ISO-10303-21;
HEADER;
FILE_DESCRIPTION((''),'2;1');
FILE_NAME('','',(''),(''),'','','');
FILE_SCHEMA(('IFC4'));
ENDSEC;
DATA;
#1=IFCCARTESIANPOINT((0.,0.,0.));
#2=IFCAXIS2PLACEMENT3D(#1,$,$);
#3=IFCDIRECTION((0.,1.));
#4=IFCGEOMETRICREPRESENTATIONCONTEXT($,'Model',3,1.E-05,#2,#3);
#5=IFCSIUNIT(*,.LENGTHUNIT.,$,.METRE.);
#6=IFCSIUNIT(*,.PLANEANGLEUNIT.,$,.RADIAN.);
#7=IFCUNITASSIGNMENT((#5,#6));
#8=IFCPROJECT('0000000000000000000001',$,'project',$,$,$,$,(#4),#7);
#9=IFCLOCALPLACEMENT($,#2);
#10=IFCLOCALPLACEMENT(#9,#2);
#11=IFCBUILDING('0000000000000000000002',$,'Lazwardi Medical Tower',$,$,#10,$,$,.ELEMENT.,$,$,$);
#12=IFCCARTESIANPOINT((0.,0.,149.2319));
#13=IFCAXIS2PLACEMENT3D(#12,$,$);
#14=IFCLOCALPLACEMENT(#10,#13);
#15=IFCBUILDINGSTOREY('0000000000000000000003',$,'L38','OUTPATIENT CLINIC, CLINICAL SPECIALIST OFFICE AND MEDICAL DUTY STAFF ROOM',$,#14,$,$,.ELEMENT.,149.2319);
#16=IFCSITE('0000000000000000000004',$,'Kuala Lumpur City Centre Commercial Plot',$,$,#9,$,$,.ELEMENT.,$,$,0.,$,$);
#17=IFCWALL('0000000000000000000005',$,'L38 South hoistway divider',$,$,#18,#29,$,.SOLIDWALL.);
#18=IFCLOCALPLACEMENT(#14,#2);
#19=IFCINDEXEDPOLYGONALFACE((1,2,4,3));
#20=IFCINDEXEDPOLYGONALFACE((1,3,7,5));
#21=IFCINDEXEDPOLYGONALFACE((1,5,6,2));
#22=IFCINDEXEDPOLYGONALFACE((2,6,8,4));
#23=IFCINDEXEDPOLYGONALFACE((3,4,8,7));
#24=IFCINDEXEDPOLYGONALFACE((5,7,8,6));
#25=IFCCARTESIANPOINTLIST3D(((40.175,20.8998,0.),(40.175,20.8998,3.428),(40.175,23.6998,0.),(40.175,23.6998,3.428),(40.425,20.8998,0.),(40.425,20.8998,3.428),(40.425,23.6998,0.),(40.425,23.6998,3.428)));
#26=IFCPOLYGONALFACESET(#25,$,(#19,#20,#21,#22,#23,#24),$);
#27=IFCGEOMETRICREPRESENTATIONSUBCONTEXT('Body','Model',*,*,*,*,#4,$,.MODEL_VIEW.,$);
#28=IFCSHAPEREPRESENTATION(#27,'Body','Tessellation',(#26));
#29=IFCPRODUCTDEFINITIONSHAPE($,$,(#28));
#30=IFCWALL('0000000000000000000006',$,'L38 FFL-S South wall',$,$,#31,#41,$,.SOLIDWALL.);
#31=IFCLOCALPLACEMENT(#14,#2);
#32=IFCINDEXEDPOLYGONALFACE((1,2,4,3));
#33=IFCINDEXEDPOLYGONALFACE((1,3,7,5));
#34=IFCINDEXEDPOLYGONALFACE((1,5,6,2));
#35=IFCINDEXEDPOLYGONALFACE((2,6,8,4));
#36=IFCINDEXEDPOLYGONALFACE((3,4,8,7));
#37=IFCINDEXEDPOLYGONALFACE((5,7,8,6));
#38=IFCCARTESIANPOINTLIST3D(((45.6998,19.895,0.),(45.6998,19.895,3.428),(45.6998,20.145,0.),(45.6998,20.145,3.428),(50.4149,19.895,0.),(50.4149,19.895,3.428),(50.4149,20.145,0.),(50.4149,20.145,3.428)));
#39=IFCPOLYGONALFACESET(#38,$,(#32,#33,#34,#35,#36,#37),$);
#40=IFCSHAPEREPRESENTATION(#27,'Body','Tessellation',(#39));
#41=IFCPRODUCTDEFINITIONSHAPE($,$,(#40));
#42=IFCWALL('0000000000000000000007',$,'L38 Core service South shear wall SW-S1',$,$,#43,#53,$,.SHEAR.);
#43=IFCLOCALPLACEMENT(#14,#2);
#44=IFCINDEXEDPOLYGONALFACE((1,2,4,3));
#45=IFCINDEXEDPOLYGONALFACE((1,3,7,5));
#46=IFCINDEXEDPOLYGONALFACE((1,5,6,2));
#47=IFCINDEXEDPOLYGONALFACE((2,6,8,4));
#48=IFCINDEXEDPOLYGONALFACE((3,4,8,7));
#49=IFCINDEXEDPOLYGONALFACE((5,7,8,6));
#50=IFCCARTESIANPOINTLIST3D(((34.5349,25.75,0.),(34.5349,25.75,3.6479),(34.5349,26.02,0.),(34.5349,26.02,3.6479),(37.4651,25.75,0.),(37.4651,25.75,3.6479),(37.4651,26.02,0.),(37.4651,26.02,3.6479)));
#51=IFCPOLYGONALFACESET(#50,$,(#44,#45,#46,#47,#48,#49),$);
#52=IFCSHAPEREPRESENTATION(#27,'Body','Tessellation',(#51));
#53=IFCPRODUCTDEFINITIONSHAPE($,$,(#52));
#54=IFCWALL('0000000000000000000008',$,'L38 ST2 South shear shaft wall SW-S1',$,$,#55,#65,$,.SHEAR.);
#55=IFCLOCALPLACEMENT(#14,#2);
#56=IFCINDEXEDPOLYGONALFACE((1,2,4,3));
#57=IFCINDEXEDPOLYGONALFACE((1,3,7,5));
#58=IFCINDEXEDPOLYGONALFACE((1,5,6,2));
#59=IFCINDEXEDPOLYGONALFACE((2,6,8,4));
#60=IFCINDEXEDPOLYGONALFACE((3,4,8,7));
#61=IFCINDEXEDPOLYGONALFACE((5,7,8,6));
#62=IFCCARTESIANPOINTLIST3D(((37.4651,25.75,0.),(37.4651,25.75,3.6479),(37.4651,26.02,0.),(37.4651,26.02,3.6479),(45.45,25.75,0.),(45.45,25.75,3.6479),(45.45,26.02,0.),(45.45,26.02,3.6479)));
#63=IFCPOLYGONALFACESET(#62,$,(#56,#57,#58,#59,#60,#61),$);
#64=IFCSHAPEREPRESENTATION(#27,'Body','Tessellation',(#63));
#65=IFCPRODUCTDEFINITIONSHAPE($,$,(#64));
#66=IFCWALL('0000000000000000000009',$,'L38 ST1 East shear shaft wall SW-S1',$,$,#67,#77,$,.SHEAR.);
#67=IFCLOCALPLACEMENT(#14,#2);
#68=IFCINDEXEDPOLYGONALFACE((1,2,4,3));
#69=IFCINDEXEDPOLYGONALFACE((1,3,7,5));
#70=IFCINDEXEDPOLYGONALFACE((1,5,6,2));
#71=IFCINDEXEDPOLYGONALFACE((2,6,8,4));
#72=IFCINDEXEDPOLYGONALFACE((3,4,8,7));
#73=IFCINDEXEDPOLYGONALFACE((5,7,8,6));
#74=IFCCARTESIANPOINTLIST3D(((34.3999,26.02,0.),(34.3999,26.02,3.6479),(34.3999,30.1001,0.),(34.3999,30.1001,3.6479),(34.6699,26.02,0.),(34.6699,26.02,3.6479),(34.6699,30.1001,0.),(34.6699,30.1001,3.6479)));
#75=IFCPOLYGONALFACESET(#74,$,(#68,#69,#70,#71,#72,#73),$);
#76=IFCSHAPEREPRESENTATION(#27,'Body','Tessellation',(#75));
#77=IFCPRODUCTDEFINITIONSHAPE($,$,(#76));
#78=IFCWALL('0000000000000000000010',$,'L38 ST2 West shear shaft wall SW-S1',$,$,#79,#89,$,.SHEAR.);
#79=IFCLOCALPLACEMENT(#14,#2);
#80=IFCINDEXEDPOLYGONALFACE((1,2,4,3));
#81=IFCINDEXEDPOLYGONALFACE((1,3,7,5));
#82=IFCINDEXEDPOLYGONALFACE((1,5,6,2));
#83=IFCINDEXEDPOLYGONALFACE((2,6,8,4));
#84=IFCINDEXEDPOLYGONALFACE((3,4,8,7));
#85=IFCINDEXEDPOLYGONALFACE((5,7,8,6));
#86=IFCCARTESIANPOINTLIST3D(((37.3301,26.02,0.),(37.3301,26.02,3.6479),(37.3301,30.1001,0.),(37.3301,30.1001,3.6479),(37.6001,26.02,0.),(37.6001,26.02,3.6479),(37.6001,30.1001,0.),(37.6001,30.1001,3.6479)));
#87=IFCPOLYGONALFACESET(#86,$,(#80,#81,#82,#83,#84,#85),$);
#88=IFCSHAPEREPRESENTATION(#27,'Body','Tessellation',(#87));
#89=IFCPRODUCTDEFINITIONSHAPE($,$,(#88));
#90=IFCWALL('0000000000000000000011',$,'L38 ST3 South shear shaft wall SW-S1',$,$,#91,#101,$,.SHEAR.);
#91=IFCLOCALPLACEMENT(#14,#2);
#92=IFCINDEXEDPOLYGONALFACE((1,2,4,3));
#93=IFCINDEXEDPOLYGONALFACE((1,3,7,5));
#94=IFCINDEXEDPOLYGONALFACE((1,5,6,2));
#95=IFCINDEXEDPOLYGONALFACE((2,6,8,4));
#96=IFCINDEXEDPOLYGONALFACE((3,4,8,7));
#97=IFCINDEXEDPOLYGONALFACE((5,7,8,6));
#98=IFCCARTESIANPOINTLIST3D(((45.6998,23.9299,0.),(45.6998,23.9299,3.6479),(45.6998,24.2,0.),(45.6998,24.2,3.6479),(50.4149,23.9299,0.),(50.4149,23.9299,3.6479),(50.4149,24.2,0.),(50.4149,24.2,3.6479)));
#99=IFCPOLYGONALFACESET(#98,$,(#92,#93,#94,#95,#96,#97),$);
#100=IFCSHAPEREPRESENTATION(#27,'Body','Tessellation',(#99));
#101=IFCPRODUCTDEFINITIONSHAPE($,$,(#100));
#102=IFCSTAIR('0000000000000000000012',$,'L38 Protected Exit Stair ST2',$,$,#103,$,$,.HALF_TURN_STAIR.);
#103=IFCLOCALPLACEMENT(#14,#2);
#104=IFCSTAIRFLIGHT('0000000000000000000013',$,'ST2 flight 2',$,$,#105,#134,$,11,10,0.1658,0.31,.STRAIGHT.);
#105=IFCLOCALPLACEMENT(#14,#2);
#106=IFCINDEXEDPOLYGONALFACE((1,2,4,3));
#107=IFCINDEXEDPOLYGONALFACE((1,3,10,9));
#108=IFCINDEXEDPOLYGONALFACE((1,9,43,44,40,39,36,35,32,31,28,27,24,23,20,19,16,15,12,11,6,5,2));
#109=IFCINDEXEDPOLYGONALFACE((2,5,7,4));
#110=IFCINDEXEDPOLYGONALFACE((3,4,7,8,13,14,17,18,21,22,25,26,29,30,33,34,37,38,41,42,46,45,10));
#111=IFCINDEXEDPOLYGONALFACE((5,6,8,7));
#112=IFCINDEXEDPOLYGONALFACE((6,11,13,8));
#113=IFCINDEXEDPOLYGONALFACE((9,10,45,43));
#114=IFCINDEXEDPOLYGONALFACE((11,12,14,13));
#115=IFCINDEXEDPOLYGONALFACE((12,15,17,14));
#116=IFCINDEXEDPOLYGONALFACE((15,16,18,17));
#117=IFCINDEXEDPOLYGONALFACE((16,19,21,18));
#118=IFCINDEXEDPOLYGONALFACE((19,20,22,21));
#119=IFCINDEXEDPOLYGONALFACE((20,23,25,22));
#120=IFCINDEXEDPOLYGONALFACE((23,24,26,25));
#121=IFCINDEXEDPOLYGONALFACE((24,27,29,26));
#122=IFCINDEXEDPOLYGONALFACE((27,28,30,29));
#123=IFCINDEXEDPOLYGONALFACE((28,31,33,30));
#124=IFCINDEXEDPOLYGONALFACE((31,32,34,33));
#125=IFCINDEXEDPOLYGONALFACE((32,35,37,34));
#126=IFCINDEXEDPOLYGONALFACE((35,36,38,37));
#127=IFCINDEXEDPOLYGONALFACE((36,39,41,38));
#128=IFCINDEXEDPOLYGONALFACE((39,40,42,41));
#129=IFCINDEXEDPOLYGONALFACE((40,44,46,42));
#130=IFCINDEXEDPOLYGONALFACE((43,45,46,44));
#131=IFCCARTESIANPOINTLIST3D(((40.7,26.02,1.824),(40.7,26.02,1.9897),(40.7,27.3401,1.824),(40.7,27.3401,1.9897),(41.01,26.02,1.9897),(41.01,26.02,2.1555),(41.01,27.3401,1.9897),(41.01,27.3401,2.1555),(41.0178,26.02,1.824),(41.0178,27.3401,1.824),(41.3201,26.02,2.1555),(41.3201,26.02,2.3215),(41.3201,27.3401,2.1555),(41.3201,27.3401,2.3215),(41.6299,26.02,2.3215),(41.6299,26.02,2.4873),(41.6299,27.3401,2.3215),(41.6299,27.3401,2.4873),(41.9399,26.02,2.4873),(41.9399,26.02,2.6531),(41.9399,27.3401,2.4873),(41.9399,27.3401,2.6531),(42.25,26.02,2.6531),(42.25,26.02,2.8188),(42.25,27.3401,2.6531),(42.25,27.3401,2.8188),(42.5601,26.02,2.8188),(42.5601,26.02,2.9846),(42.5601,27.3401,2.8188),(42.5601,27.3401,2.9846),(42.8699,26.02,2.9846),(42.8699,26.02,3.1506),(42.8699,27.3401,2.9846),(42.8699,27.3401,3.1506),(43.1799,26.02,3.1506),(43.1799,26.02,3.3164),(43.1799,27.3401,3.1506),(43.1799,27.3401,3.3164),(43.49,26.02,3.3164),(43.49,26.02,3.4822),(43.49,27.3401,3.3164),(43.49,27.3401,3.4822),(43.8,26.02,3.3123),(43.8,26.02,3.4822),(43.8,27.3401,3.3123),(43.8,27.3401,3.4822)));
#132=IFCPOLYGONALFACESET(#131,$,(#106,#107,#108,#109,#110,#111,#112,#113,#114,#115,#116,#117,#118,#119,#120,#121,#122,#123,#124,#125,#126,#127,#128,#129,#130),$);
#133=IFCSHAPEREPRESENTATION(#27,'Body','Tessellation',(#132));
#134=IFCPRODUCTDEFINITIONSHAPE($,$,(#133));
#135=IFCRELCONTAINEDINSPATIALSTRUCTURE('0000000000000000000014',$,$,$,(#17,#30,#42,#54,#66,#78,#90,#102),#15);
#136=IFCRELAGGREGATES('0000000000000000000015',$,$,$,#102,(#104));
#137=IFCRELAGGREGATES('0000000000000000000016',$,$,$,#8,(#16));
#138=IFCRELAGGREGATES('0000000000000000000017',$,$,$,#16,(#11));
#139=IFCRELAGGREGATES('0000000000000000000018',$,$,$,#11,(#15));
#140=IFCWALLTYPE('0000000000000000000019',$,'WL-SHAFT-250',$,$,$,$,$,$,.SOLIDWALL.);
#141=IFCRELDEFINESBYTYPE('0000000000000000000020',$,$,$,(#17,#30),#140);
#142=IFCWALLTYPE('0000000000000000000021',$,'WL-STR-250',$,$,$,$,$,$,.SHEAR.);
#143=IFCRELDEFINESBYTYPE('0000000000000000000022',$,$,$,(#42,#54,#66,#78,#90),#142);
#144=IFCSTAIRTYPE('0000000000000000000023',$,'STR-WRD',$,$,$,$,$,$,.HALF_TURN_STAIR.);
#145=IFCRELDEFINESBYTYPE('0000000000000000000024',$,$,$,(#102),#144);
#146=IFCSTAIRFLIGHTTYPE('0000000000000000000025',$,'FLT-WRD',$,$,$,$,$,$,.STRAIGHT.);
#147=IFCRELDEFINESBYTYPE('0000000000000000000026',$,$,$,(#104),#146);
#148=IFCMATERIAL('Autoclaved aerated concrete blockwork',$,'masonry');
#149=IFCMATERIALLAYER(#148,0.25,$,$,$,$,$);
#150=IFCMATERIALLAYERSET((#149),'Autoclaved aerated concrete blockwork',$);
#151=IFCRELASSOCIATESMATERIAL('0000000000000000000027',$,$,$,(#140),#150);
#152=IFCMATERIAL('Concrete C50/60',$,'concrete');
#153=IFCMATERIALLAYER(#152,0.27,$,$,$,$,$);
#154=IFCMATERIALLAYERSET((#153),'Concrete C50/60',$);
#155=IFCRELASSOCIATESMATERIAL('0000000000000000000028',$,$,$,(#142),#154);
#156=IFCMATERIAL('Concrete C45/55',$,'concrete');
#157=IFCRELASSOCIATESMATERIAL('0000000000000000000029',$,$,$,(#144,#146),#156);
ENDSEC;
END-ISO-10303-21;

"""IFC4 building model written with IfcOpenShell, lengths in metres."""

from ifc_helpers import new_model, si_unit, direction, frame, frame_2d, origin, place, context, subcontext, project, spatial, polyline, rectangle, outline, extrude, material, layer, layer_set, type_object, element, aggregate, save


model = new_model("IFC4")

# Units and contexts
model_context = context("Model", 3, precision=1e-05, world=origin(), true_north=direction((0.0, 1.0)))
body_context = subcontext(model_context, "Body", "Model", "MODEL_VIEW")
ifc_project = project(units=[si_unit("LENGTHUNIT", "METRE"), si_unit("PLANEANGLEUNIT", "RADIAN")], contexts=[model_context])

# Site, building, storey
site_placement = place(None, origin())
site = spatial("IfcSite", under=ifc_project, at=site_placement, Name="Kuala Lumpur City Centre Commercial Plot", CompositionType="ELEMENT", RefElevation=0.0)
building_placement = place(site_placement, origin())
building = spatial("IfcBuilding", under=site, at=building_placement, Name="Lazwardi Medical Tower", CompositionType="ELEMENT")
storey_placement = place(building_placement, frame((0.0, 0.0, 149.2319)))
storey = spatial("IfcBuildingStorey", under=building, at=storey_placement, Name="L38", Description="OUTPATIENT CLINIC, CLINICAL SPECIALIST OFFICE AND MEDICAL DUTY STAFF ROOM", CompositionType="ELEMENT", Elevation=149.2319)

# Walls
ifc_material_1 = material(Name="Autoclaved aerated concrete blockwork", Category="masonry")
ifc_layer_1 = layer(ifc_material_1, 0.25)
ifc_layer_set_1 = layer_set([ifc_layer_1], Name="Autoclaved aerated concrete blockwork")
wall_type_1 = type_object("IfcWallType", Name="WL-SHAFT-250", PredefinedType="SOLIDWALL", material=ifc_layer_set_1)
for number, where, z_axis, x_axis, name in (
    (1, (40.3, 20.8999, 0.0), (0.0, 0.0, 1.0), (0.0, 1.0, 0.0), "L38 South hoistway divider"),
):
    element("IfcWall", number, at=place(storey_placement, frame(where, z_axis=z_axis, x_axis=x_axis)), inside=storey, type_object=wall_type_1, Name=name, PredefinedType="SOLIDWALL", context=body_context, shape_type="SweptSolid", body=[
        extrude(rectangle(XDim=2.8, YDim=0.25, at=frame_2d((1.3999, 0.0))), origin(), (0.0, 0.0, 1.0), 3.428),
    ])
wall_1_placement = place(storey_placement, frame((45.7, 20.02, 0.0), z_axis=(0.0, 0.0, 1.0), x_axis=(1.0, 0.0, 0.0)))
element("IfcWall", 2, at=wall_1_placement, inside=storey, type_object=wall_type_1, Name="L38 FFL-S South wall", PredefinedType="SOLIDWALL", context=body_context, shape_type="SweptSolid", body=[
    extrude(rectangle(XDim=4.7151, YDim=0.25, at=frame_2d((2.3574, 0.0))), origin(), (0.0, 0.0, 1.0), 3.428),
])
ifc_material_2 = material(Name="Concrete C50/60", Category="concrete")
ifc_layer_2 = layer(ifc_material_2, 0.27)
ifc_layer_set_2 = layer_set([ifc_layer_2], Name="Concrete C50/60")
wall_type_2 = type_object("IfcWallType", Name="WL-STR-250", PredefinedType="SHEAR", material=ifc_layer_set_2)
wall_2_placement = place(storey_placement, frame((34.5349, 25.885, 0.0), z_axis=(0.0, 0.0, 1.0), x_axis=(1.0, 0.0, 0.0)))
element("IfcWall", 3, at=wall_2_placement, inside=storey, type_object=wall_type_2, Name="L38 Core service South shear wall SW-S1", PredefinedType="SHEAR", context=body_context, shape_type="SweptSolid", body=[
    extrude(rectangle(XDim=2.9302, YDim=0.27, at=frame_2d((1.4651, 0.0))), origin(), (0.0, 0.0, 1.0), 3.6479),
])
wall_3_placement = place(storey_placement, frame((37.4651, 25.885, 0.0), z_axis=(0.0, 0.0, 1.0), x_axis=(1.0, 0.0, 0.0)))
element("IfcWall", 4, at=wall_3_placement, inside=storey, type_object=wall_type_2, Name="L38 ST2 South shear shaft wall SW-S1", PredefinedType="SHEAR", context=body_context, shape_type="SweptSolid", body=[
    extrude(rectangle(XDim=7.9849, YDim=0.27, at=frame_2d((3.9924, 0.0))), origin(), (0.0, 0.0, 1.0), 3.6479),
])
for number, where, z_axis, x_axis, name in (
    (5, (34.5349, 26.02, 0.0), (0.0, 0.0, 1.0), (0.0, 1.0, 0.0), "L38 ST1 East shear shaft wall SW-S1"),
    (6, (37.4651, 26.02, 0.0), (0.0, 0.0, 1.0), (0.0, 1.0, 0.0), "L38 ST2 West shear shaft wall SW-S1"),
):
    element("IfcWall", number, at=place(storey_placement, frame(where, z_axis=z_axis, x_axis=x_axis)), inside=storey, type_object=wall_type_2, Name=name, PredefinedType="SHEAR", context=body_context, shape_type="SweptSolid", body=[
        extrude(rectangle(XDim=4.0801, YDim=0.27, at=frame_2d((2.04, 0.0))), origin(), (0.0, 0.0, 1.0), 3.6479),
    ])
wall_4_placement = place(storey_placement, frame((45.7, 24.0649, 0.0), z_axis=(0.0, 0.0, 1.0), x_axis=(1.0, 0.0, 0.0)))
element("IfcWall", 7, at=wall_4_placement, inside=storey, type_object=wall_type_2, Name="L38 ST3 South shear shaft wall SW-S1", PredefinedType="SHEAR", context=body_context, shape_type="SweptSolid", body=[
    extrude(rectangle(XDim=4.7151, YDim=0.27, at=frame_2d((2.3574, 0.0))), origin(), (0.0, 0.0, 1.0), 3.6479),
])

# Stair, stair flight
ifc_material_3 = material(Name="Concrete C45/55", Category="concrete")
stair_type = type_object("IfcStairType", Name="STR-WRD", PredefinedType="HALF_TURN_STAIR", material=ifc_material_3)
stair_placement = place(storey_placement, origin())
stair = element("IfcStair", 8, at=stair_placement, inside=storey, type_object=stair_type, Name="L38 Protected Exit Stair ST2", PredefinedType="HALF_TURN_STAIR")
stair_flight_type = type_object("IfcStairFlightType", Name="FLT-WRD", PredefinedType="STRAIGHT", material=ifc_material_3)
stair_flight_placement = place(storey_placement, frame((40.7, 26.6799, 1.824), z_axis=(0.0, 0.0, 1.0), x_axis=(1.0, 0.0, 0.0)))
stair_flight = element("IfcStairFlight", 9, at=stair_flight_placement, type_object=stair_flight_type, Name="ST2 flight 2", NumberOfRisers=11, NumberOfTreads=10, PredefinedType="STRAIGHT", RiserHeight=0.1658, TreadLength=0.31, context=body_context, shape_type="SweptSolid", body=[
    extrude(outline(polyline([(0.0, 0.0), (0.0, 0.1658), (0.3101, 0.1658), (0.3101, 0.3315), (0.6201, 0.3315), (0.6201, 0.4976), (0.9299, 0.4976), (0.9299, 0.6633), (1.24, 0.6633), (1.24, 0.8291), (1.55, 0.8291), (1.55, 0.9949), (1.8601, 0.9949), (1.8601, 1.1606), (2.1699, 1.1606), (2.1699, 1.3267), (2.48, 1.3267), (2.48, 1.4924), (2.79, 1.4924), (2.79, 1.6582), (3.1001, 1.6582), (3.1001, 1.824), (3.1001, 1.4883), (0.3179, 0.0), (0.0, 0.0)])), frame((0.0, 0.6602, 0.0), z_axis=(0.0, -1.0, 0.0), x_axis=(1.0, 0.0, 0.0)), (0.0, 0.0, 1.0), 1.3201),
])
aggregate(stair, [stair_flight])

save(model, "model.ifc")
